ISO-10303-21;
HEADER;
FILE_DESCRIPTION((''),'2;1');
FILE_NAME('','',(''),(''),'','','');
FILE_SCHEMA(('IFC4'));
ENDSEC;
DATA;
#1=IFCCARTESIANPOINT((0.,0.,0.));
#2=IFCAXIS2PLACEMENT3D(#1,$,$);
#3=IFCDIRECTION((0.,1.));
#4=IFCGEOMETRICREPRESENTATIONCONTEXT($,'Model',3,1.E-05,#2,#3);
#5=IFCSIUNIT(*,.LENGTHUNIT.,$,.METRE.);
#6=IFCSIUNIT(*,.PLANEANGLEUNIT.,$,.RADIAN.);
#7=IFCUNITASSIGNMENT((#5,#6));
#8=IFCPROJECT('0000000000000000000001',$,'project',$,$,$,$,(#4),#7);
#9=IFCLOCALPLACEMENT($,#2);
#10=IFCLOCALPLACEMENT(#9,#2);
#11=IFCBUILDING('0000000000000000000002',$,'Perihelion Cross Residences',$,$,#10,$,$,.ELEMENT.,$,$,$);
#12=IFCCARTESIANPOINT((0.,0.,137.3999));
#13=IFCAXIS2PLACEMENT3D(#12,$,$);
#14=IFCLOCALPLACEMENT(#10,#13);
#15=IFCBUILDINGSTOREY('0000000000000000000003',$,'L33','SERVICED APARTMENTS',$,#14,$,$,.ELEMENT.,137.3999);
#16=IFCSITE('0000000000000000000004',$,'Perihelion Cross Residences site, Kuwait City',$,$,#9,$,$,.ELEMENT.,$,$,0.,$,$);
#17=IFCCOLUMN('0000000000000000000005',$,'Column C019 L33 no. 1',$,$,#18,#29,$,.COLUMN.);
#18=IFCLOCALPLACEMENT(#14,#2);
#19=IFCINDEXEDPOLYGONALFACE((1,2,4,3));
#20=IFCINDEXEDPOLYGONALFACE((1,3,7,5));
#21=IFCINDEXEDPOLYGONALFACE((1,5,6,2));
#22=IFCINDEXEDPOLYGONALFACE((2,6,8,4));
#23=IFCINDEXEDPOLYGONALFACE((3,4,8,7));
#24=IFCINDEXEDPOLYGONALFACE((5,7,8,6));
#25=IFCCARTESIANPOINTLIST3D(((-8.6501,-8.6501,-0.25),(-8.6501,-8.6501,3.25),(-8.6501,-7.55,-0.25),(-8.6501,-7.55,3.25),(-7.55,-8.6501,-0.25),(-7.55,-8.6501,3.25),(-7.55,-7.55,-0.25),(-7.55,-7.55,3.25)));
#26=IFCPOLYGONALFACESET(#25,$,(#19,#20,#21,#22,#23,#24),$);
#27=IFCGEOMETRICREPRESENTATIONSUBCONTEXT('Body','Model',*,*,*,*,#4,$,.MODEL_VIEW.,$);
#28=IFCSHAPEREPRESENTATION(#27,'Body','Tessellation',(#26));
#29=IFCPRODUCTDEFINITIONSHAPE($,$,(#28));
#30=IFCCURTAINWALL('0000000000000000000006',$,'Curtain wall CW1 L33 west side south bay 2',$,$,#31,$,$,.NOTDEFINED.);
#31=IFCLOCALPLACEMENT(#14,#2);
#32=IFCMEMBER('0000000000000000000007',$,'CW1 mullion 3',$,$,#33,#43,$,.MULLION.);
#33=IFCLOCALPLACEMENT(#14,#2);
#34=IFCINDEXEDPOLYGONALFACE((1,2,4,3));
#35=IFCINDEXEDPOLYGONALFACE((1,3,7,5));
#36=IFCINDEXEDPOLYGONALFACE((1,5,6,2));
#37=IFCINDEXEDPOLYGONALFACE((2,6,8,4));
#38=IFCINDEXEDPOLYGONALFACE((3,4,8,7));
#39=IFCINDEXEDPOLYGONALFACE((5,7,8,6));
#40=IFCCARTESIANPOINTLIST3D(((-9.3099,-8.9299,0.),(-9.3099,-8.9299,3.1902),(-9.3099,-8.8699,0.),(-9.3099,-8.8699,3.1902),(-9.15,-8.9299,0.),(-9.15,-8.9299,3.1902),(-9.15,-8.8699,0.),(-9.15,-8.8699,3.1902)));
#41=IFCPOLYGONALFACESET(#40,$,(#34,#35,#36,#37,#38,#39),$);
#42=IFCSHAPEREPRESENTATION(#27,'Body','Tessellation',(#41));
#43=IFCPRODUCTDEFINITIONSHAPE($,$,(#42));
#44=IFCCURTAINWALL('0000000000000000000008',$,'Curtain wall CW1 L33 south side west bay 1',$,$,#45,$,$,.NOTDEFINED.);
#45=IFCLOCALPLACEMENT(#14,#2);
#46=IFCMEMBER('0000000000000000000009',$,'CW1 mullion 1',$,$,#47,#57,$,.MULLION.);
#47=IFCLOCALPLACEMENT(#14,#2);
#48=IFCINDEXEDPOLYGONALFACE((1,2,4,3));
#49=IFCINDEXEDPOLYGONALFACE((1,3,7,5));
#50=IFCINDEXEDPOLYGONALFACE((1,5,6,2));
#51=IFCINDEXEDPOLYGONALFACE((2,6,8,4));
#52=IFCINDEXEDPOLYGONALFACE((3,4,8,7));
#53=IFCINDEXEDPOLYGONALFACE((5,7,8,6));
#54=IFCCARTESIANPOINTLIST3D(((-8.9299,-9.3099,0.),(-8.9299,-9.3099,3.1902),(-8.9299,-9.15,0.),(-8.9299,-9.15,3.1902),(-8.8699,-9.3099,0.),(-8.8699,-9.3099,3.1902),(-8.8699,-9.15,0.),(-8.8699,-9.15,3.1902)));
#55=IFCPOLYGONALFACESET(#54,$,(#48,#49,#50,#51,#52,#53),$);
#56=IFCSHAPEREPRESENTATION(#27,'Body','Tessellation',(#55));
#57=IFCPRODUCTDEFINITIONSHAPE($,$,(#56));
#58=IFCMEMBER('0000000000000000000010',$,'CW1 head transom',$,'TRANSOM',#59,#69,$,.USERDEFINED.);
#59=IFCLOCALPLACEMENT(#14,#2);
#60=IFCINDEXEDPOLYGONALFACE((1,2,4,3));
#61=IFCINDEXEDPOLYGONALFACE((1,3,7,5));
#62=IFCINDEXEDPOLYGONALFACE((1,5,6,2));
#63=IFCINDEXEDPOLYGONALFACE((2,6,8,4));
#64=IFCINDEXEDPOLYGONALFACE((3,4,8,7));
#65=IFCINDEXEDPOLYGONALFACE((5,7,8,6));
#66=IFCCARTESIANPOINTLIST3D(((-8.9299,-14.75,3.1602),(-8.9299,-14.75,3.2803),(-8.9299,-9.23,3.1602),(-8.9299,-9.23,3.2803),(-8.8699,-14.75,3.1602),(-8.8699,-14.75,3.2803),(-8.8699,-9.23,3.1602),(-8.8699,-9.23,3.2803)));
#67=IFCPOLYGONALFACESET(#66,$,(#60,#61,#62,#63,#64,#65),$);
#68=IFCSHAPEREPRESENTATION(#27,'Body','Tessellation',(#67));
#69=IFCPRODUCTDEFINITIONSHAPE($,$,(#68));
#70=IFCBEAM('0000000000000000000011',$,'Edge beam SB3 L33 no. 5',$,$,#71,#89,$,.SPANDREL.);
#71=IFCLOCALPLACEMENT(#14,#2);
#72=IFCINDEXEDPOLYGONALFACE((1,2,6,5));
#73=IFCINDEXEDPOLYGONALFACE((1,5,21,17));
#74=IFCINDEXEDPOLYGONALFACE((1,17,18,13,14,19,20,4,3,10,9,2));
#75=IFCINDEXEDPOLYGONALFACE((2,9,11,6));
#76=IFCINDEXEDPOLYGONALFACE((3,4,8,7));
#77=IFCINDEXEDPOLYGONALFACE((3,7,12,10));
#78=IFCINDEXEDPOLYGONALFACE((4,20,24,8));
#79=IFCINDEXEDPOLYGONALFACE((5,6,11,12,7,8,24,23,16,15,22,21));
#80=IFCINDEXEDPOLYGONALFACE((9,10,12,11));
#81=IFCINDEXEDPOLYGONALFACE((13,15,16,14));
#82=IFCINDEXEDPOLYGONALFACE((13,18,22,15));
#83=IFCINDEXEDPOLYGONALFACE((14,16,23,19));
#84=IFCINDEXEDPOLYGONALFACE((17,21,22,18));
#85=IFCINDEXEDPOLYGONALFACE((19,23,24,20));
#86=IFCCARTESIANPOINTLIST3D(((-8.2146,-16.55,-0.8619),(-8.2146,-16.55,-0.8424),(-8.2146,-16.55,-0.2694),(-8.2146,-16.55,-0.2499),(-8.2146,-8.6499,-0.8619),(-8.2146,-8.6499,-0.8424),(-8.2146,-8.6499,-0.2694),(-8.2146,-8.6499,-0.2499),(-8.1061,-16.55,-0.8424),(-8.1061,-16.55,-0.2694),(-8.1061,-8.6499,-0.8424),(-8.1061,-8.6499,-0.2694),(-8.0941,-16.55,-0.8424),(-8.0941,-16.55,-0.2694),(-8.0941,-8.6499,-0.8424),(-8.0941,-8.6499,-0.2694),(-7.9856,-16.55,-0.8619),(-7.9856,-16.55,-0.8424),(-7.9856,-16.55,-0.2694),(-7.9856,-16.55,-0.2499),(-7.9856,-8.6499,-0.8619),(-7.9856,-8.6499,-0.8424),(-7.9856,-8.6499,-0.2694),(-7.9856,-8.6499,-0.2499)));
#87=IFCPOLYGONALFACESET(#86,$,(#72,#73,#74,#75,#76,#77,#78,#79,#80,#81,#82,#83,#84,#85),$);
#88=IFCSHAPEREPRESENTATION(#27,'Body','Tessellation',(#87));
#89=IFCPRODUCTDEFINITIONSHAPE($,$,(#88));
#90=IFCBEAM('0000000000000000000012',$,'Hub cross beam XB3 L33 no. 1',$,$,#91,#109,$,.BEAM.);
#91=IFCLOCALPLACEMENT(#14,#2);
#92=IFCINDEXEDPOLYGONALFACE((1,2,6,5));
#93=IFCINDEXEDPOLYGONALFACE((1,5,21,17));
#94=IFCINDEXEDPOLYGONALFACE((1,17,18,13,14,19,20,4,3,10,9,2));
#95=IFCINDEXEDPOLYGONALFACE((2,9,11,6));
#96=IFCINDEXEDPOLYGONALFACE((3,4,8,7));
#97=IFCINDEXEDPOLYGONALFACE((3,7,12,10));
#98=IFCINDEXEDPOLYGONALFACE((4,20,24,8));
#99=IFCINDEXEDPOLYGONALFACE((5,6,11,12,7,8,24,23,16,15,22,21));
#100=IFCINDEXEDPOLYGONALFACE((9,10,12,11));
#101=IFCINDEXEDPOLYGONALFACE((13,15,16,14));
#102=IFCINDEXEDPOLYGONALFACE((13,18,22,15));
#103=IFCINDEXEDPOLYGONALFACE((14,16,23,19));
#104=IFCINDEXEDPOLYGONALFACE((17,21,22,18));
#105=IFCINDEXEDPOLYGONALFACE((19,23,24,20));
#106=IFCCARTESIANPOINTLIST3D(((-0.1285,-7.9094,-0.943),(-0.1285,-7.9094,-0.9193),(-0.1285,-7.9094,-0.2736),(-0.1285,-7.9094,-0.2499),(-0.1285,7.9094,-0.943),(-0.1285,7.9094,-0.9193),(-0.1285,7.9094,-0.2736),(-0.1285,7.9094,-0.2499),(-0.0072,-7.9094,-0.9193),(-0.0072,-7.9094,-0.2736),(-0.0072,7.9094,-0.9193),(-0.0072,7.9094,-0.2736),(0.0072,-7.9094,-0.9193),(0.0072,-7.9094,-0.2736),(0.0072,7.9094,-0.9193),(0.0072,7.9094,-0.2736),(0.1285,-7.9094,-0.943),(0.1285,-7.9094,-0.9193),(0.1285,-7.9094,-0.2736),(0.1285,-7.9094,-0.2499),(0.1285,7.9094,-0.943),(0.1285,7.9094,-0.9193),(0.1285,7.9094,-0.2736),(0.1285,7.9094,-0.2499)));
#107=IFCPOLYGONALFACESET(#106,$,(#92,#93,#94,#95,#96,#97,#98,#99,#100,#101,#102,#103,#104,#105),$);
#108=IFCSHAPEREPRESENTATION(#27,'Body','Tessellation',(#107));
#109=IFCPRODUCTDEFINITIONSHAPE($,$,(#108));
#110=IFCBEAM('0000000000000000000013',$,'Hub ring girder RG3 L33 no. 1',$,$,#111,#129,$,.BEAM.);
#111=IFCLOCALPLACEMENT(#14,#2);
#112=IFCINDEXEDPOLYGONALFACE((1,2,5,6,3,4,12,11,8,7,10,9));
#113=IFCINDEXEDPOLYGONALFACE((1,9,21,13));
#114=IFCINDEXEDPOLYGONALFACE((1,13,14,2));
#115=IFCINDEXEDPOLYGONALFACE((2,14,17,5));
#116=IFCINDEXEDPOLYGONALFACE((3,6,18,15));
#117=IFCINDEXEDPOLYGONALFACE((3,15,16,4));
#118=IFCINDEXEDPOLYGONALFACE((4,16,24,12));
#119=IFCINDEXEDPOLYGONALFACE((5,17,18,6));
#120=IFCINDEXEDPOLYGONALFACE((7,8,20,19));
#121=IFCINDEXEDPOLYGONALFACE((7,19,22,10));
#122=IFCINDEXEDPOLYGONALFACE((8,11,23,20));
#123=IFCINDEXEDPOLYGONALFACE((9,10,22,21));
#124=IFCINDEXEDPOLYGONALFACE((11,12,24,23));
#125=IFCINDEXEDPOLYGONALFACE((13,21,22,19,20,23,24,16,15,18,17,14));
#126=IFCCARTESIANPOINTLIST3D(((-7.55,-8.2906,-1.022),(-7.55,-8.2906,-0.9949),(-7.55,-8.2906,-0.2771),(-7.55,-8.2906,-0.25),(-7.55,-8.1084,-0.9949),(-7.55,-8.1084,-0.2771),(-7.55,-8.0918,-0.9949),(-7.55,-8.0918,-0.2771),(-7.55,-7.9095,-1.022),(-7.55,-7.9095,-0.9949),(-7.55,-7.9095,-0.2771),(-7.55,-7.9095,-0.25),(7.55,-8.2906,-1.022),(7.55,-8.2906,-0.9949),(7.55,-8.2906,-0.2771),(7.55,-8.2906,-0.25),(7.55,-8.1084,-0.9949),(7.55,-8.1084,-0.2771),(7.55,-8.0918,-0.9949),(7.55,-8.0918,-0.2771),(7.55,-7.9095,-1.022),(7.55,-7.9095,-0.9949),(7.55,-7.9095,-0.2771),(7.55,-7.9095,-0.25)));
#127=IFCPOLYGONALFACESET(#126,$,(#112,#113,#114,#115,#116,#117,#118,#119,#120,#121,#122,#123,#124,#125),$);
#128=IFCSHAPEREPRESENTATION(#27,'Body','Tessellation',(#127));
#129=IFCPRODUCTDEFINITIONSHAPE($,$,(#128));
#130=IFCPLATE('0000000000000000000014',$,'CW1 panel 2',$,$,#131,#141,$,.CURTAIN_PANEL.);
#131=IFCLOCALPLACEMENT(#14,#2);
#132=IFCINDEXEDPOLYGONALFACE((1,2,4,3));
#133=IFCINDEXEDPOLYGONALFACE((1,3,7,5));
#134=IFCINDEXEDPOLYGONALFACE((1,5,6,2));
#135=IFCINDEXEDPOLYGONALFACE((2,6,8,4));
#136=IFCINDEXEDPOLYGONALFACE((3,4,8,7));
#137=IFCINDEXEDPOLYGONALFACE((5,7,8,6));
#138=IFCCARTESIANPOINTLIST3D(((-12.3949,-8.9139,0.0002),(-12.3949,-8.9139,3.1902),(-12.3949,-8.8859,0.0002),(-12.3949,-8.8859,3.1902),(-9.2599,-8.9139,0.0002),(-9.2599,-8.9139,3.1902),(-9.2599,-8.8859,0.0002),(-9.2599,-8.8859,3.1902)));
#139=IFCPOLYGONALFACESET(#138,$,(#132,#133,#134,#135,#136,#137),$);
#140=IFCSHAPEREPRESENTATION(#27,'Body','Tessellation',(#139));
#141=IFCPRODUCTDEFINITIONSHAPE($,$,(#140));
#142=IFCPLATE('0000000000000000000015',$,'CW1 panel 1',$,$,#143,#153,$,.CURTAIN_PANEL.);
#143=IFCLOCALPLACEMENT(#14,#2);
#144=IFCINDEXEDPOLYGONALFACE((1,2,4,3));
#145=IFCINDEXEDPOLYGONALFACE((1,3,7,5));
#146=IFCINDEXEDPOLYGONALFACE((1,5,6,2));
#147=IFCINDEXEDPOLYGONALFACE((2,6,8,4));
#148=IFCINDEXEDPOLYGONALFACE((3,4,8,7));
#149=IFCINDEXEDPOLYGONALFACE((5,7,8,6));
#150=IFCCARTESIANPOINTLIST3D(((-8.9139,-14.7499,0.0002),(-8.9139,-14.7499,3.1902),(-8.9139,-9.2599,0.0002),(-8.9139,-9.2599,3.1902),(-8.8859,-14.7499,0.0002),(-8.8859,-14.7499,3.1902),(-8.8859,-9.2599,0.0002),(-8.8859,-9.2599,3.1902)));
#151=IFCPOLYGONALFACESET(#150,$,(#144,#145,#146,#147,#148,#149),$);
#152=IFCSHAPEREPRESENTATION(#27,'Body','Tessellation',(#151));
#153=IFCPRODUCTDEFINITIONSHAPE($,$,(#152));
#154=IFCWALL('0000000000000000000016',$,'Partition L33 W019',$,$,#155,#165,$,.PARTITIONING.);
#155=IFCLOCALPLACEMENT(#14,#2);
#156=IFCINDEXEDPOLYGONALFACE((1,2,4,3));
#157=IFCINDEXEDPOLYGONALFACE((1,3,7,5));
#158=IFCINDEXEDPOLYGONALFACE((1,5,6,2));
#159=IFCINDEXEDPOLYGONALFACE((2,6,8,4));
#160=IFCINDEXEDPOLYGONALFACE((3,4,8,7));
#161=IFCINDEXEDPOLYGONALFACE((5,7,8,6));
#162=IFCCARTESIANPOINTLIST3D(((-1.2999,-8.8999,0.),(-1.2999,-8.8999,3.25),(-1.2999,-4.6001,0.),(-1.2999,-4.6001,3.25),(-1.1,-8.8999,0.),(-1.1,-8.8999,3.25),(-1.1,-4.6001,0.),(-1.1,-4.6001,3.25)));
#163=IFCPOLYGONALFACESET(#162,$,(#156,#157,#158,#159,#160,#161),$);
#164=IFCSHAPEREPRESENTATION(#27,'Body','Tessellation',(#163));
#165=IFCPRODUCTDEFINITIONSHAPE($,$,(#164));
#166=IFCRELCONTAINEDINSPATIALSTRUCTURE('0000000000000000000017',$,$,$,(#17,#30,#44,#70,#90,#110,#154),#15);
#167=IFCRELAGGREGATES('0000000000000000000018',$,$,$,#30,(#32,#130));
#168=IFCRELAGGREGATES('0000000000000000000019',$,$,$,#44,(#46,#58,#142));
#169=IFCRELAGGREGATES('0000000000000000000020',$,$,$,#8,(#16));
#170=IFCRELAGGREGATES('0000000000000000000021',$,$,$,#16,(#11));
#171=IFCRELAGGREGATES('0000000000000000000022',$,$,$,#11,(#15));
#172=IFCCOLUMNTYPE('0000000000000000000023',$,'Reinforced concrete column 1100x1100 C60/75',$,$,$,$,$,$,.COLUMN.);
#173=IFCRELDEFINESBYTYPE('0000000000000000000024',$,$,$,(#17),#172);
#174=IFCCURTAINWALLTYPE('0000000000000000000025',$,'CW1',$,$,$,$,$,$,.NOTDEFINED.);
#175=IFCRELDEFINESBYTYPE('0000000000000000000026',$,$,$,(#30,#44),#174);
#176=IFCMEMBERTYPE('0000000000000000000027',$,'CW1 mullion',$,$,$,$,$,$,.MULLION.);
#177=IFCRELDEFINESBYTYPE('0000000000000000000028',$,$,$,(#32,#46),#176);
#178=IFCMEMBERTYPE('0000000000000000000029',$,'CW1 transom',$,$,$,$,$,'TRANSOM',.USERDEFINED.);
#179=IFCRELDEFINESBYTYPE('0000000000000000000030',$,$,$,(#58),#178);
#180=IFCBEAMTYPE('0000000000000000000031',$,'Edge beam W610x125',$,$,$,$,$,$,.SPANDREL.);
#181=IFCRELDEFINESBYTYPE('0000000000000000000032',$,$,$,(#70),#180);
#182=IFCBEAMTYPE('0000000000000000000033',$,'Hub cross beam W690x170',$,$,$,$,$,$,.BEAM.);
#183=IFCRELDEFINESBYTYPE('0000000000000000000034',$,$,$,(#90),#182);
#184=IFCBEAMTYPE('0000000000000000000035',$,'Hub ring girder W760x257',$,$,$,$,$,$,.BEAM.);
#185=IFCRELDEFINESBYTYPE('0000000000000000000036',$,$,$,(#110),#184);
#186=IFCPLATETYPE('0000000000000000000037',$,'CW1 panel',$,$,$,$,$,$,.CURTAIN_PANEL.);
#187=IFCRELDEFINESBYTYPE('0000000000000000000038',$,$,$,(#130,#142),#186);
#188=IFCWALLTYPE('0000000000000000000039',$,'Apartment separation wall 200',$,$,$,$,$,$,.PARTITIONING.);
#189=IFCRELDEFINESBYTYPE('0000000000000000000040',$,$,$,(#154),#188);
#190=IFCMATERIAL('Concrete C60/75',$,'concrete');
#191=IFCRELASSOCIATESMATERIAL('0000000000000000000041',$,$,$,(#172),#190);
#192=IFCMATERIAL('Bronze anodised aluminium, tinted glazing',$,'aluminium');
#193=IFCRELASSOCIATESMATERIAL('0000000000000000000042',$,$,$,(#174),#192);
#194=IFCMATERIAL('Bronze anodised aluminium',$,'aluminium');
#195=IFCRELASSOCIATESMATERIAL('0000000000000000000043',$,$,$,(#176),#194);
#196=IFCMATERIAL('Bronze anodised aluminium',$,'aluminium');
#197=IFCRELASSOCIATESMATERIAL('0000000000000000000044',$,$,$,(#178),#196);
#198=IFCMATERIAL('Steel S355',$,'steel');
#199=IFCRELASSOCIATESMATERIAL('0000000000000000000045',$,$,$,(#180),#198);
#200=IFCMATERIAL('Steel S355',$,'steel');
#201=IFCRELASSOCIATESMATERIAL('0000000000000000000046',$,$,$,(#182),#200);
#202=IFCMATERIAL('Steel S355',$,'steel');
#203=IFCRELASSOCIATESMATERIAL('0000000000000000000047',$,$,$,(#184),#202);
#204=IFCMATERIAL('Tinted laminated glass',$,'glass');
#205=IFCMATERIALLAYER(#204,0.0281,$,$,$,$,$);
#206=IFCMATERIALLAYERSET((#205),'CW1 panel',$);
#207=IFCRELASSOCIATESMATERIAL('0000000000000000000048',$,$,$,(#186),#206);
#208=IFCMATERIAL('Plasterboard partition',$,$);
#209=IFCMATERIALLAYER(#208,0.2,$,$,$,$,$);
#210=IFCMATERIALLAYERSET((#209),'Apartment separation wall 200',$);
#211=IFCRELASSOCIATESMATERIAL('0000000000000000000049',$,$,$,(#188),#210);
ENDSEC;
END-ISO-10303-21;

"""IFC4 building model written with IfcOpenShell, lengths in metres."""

from ifc_helpers import new_model, si_unit, direction, frame, frame_2d, origin, origin_2d, place, context, subcontext, project, spatial, rectangle, i_section, extrude, material, layer, layer_set, material_profile, profile_set, type_object, element, aggregate, save


model = new_model("IFC4")

# Units and contexts
model_context = context("Model", 3, precision=1e-05, world=origin(), true_north=direction((0.0, 1.0)))
body_context = subcontext(model_context, "Body", "Model", "MODEL_VIEW")
ifc_project = project(units=[si_unit("LENGTHUNIT", "METRE"), si_unit("PLANEANGLEUNIT", "RADIAN")], contexts=[model_context])

# Site, building, storey
site_placement = place(None, origin())
site = spatial("IfcSite", under=ifc_project, at=site_placement, Name="Perihelion Cross Residences site, Kuwait City", CompositionType="ELEMENT", RefElevation=0.0)
building_placement = place(site_placement, origin())
building = spatial("IfcBuilding", under=site, at=building_placement, Name="Perihelion Cross Residences", CompositionType="ELEMENT")
storey_placement = place(building_placement, frame((0.0, 0.0, 137.3999)))
storey = spatial("IfcBuildingStorey", under=building, at=storey_placement, Name="L33", Description="SERVICED APARTMENTS", CompositionType="ELEMENT", Elevation=137.3999)

# Column
ifc_material_1 = material(Name="Concrete C60/75", Category="concrete")
ifc_material_profile_1 = material_profile(ifc_material_1, rectangle(XDim=1.1001, YDim=1.1001, at=origin_2d()), Name="RC 1100x1100")
ifc_profile_set_1 = profile_set([ifc_material_profile_1], Name="Concrete C60/75")
column_type = type_object("IfcColumnType", Name="Reinforced concrete column 1100x1100 C60/75", PredefinedType="COLUMN", material=ifc_profile_set_1)
column_placement = place(storey_placement, frame((-8.1001, -8.1001, -0.25), z_axis=(0.0, 0.0, 1.0), x_axis=(1.0, 0.0, 0.0)))
element("IfcColumn", 1, at=column_placement, inside=storey, type_object=column_type, Name="Column C019 L33 no. 1", PredefinedType="COLUMN", context=body_context, shape_type="SweptSolid", body=[
    extrude(rectangle(XDim=1.1001, YDim=1.1001, at=origin_2d()), origin(), (0.0, 0.0, 1.0), 3.5),
])

# Curtain wall, member
ifc_material_2 = material(Name="Bronze anodised aluminium, tinted glazing", Category="aluminium")
curtain_wall_type = type_object("IfcCurtainWallType", Name="CW1", PredefinedType="NOTDEFINED", material=ifc_material_2)
curtain_wall_1_placement = place(storey_placement, origin())
curtain_wall_1 = element("IfcCurtainWall", 2, at=curtain_wall_1_placement, inside=storey, type_object=curtain_wall_type, Name="Curtain wall CW1 L33 west side south bay 2", PredefinedType="NOTDEFINED")
ifc_material_3 = material(Name="Bronze anodised aluminium", Category="aluminium")
ifc_material_profile_2 = material_profile(ifc_material_3, rectangle(XDim=0.0601, YDim=0.1599, at=origin_2d()), Name="CW1 mullion")
ifc_profile_set_2 = profile_set([ifc_material_profile_2], Name="Bronze anodised aluminium")
member_type_1 = type_object("IfcMemberType", Name="CW1 mullion", PredefinedType="MULLION", material=ifc_profile_set_2)
member_1_placement = place(storey_placement, frame((-9.23, -8.8999, 0.0), z_axis=(0.0, 0.0, 1.0), x_axis=(0.0, 1.0, 0.0)))
member_1 = element("IfcMember", 3, at=member_1_placement, type_object=member_type_1, Name="CW1 mullion 3", PredefinedType="MULLION", context=body_context, shape_type="SweptSolid", body=[
    extrude(rectangle(XDim=0.0601, YDim=0.1599, at=origin_2d()), origin(), (0.0, 0.0, 1.0), 3.1902),
])

# Curtain wall, members
curtain_wall_2_placement = place(storey_placement, origin())
curtain_wall_2 = element("IfcCurtainWall", 4, at=curtain_wall_2_placement, inside=storey, type_object=curtain_wall_type, Name="Curtain wall CW1 L33 south side west bay 1", PredefinedType="NOTDEFINED")
member_2_placement = place(storey_placement, frame((-8.8999, -9.23, 0.0), z_axis=(0.0, 0.0, 1.0), x_axis=(1.0, 0.0, 0.0)))
member_2 = element("IfcMember", 5, at=member_2_placement, type_object=member_type_1, Name="CW1 mullion 1", PredefinedType="MULLION", context=body_context, shape_type="SweptSolid", body=[
    extrude(rectangle(XDim=0.0601, YDim=0.1599, at=origin_2d()), origin(), (0.0, 0.0, 1.0), 3.1902),
])
ifc_material_4 = material(Name="Bronze anodised aluminium", Category="aluminium")
ifc_material_profile_3 = material_profile(ifc_material_4, rectangle(XDim=0.0601, YDim=0.1201, at=origin_2d()), Name="CW1 transom")
ifc_profile_set_3 = profile_set([ifc_material_profile_3], Name="Bronze anodised aluminium")
member_type_2 = type_object("IfcMemberType", Name="CW1 transom", ElementType="TRANSOM", PredefinedType="USERDEFINED", material=ifc_profile_set_3)
member_3_placement = place(storey_placement, frame((-8.8999, -9.23, 3.2202), z_axis=(0.0, -1.0, 0.0), x_axis=(1.0, 0.0, 0.0)))
member_3 = element("IfcMember", 6, at=member_3_placement, type_object=member_type_2, Name="CW1 head transom", ObjectType="TRANSOM", PredefinedType="USERDEFINED", context=body_context, shape_type="SweptSolid", body=[
    extrude(rectangle(XDim=0.0601, YDim=0.1201, at=origin_2d()), origin(), (0.0, 0.0, 1.0), 5.52),
])

# Beams
ifc_material_5 = material(Name="Steel S355", Category="steel")
ifc_material_profile_4 = material_profile(ifc_material_5, i_section(OverallWidth=0.229, OverallDepth=0.6121, WebThickness=0.012, FlangeThickness=0.0195, at=origin_2d()), Name="W610x125")
ifc_profile_set_4 = profile_set([ifc_material_profile_4], Name="Steel S355")
beam_type_1 = type_object("IfcBeamType", Name="Edge beam W610x125", PredefinedType="SPANDREL", material=ifc_profile_set_4)
beam_1_placement = place(storey_placement, frame((-8.1001, -8.6499, -0.5559), z_axis=(0.0, -1.0, 0.0), x_axis=(1.0, 0.0, 0.0)))
element("IfcBeam", 7, at=beam_1_placement, inside=storey, type_object=beam_type_1, Name="Edge beam SB3 L33 no. 5", PredefinedType="SPANDREL", context=body_context, shape_type="SweptSolid", body=[
    extrude(i_section(OverallWidth=0.229, OverallDepth=0.6121, WebThickness=0.012, FlangeThickness=0.0195, at=origin_2d()), origin(), (0.0, 0.0, 1.0), 7.9001),
])
ifc_material_6 = material(Name="Steel S355", Category="steel")
ifc_material_profile_5 = material_profile(ifc_material_6, i_section(OverallWidth=0.2571, OverallDepth=0.6931, WebThickness=0.0144, FlangeThickness=0.0237, at=origin_2d()), Name="W690x170")
ifc_profile_set_5 = profile_set([ifc_material_profile_5], Name="Steel S355")
beam_type_2 = type_object("IfcBeamType", Name="Hub cross beam W690x170", PredefinedType="BEAM", material=ifc_profile_set_5)
beam_2_placement = place(storey_placement, frame((0.0, -7.9094, -0.5964), z_axis=(0.0, 1.0, 0.0), x_axis=(-1.0, 0.0, 0.0)))
element("IfcBeam", 8, at=beam_2_placement, inside=storey, type_object=beam_type_2, Name="Hub cross beam XB3 L33 no. 1", PredefinedType="BEAM", context=body_context, shape_type="SweptSolid", body=[
    extrude(i_section(OverallWidth=0.2571, OverallDepth=0.6931, WebThickness=0.0144, FlangeThickness=0.0237, at=origin_2d()), origin(), (0.0, 0.0, 1.0), 15.8188),
])
ifc_material_7 = material(Name="Steel S355", Category="steel")
ifc_material_profile_6 = material_profile(ifc_material_7, i_section(OverallWidth=0.3811, OverallDepth=0.772, WebThickness=0.0166, FlangeThickness=0.0271, at=origin_2d()), Name="W760x257")
ifc_profile_set_6 = profile_set([ifc_material_profile_6], Name="Steel S355")
beam_type_3 = type_object("IfcBeamType", Name="Hub ring girder W760x257", PredefinedType="BEAM", material=ifc_profile_set_6)
beam_3_placement = place(storey_placement, frame((-7.55, -8.1001, -0.636), z_axis=(1.0, 0.0, 0.0), x_axis=(0.0, 1.0, 0.0)))
element("IfcBeam", 9, at=beam_3_placement, inside=storey, type_object=beam_type_3, Name="Hub ring girder RG3 L33 no. 1", PredefinedType="BEAM", context=body_context, shape_type="SweptSolid", body=[
    extrude(i_section(OverallWidth=0.3811, OverallDepth=0.772, WebThickness=0.0166, FlangeThickness=0.0271, at=origin_2d()), origin(), (0.0, 0.0, 1.0), 15.1001),
])

# Plates
ifc_material_8 = material(Name="Tinted laminated glass", Category="glass")
ifc_layer_1 = layer(ifc_material_8, 0.0281)
ifc_layer_set_1 = layer_set([ifc_layer_1], Name="CW1 panel")
plate_type = type_object("IfcPlateType", Name="CW1 panel", PredefinedType="CURTAIN_PANEL", material=ifc_layer_set_1)
plate_1_placement = place(storey_placement, frame((-10.8274, -8.8999, 0.0002), z_axis=(0.0, 0.0, 1.0), x_axis=(1.0, 0.0, 0.0)))
plate_1 = element("IfcPlate", 10, at=plate_1_placement, type_object=plate_type, Name="CW1 panel 2", PredefinedType="CURTAIN_PANEL", context=body_context, shape_type="SweptSolid", body=[
    extrude(rectangle(XDim=3.135, YDim=0.0281, at=origin_2d()), origin(), (0.0, 0.0, 1.0), 3.1899),
])
aggregate(curtain_wall_1, [member_1, plate_1])
plate_2_placement = place(storey_placement, frame((-8.8999, -12.0049, 0.0002), z_axis=(0.0, 0.0, 1.0), x_axis=(0.0, -1.0, 0.0)))
plate_2 = element("IfcPlate", 11, at=plate_2_placement, type_object=plate_type, Name="CW1 panel 1", PredefinedType="CURTAIN_PANEL", context=body_context, shape_type="SweptSolid", body=[
    extrude(rectangle(XDim=5.49, YDim=0.0281, at=origin_2d()), origin(), (0.0, 0.0, 1.0), 3.1899),
])
aggregate(curtain_wall_2, [member_2, member_3, plate_2])

# Wall
ifc_material_9 = material(Name="Plasterboard partition")
ifc_layer_2 = layer(ifc_material_9, 0.2)
ifc_layer_set_2 = layer_set([ifc_layer_2], Name="Apartment separation wall 200")
wall_type_1 = type_object("IfcWallType", Name="Apartment separation wall 200", PredefinedType="PARTITIONING", material=ifc_layer_set_2)
wall_1_placement = place(storey_placement, frame((-1.2, -8.8999, 0.0), z_axis=(0.0, 0.0, 1.0), x_axis=(0.0, 1.0, 0.0)))
element("IfcWall", 12, at=wall_1_placement, inside=storey, type_object=wall_type_1, Name="Partition L33 W019", PredefinedType="PARTITIONING", context=body_context, shape_type="SweptSolid", body=[
    extrude(rectangle(XDim=4.2998, YDim=0.2, at=frame_2d((2.1499, 0.0))), origin(), (0.0, 0.0, 1.0), 3.25),
])

save(model, "model.ifc")
